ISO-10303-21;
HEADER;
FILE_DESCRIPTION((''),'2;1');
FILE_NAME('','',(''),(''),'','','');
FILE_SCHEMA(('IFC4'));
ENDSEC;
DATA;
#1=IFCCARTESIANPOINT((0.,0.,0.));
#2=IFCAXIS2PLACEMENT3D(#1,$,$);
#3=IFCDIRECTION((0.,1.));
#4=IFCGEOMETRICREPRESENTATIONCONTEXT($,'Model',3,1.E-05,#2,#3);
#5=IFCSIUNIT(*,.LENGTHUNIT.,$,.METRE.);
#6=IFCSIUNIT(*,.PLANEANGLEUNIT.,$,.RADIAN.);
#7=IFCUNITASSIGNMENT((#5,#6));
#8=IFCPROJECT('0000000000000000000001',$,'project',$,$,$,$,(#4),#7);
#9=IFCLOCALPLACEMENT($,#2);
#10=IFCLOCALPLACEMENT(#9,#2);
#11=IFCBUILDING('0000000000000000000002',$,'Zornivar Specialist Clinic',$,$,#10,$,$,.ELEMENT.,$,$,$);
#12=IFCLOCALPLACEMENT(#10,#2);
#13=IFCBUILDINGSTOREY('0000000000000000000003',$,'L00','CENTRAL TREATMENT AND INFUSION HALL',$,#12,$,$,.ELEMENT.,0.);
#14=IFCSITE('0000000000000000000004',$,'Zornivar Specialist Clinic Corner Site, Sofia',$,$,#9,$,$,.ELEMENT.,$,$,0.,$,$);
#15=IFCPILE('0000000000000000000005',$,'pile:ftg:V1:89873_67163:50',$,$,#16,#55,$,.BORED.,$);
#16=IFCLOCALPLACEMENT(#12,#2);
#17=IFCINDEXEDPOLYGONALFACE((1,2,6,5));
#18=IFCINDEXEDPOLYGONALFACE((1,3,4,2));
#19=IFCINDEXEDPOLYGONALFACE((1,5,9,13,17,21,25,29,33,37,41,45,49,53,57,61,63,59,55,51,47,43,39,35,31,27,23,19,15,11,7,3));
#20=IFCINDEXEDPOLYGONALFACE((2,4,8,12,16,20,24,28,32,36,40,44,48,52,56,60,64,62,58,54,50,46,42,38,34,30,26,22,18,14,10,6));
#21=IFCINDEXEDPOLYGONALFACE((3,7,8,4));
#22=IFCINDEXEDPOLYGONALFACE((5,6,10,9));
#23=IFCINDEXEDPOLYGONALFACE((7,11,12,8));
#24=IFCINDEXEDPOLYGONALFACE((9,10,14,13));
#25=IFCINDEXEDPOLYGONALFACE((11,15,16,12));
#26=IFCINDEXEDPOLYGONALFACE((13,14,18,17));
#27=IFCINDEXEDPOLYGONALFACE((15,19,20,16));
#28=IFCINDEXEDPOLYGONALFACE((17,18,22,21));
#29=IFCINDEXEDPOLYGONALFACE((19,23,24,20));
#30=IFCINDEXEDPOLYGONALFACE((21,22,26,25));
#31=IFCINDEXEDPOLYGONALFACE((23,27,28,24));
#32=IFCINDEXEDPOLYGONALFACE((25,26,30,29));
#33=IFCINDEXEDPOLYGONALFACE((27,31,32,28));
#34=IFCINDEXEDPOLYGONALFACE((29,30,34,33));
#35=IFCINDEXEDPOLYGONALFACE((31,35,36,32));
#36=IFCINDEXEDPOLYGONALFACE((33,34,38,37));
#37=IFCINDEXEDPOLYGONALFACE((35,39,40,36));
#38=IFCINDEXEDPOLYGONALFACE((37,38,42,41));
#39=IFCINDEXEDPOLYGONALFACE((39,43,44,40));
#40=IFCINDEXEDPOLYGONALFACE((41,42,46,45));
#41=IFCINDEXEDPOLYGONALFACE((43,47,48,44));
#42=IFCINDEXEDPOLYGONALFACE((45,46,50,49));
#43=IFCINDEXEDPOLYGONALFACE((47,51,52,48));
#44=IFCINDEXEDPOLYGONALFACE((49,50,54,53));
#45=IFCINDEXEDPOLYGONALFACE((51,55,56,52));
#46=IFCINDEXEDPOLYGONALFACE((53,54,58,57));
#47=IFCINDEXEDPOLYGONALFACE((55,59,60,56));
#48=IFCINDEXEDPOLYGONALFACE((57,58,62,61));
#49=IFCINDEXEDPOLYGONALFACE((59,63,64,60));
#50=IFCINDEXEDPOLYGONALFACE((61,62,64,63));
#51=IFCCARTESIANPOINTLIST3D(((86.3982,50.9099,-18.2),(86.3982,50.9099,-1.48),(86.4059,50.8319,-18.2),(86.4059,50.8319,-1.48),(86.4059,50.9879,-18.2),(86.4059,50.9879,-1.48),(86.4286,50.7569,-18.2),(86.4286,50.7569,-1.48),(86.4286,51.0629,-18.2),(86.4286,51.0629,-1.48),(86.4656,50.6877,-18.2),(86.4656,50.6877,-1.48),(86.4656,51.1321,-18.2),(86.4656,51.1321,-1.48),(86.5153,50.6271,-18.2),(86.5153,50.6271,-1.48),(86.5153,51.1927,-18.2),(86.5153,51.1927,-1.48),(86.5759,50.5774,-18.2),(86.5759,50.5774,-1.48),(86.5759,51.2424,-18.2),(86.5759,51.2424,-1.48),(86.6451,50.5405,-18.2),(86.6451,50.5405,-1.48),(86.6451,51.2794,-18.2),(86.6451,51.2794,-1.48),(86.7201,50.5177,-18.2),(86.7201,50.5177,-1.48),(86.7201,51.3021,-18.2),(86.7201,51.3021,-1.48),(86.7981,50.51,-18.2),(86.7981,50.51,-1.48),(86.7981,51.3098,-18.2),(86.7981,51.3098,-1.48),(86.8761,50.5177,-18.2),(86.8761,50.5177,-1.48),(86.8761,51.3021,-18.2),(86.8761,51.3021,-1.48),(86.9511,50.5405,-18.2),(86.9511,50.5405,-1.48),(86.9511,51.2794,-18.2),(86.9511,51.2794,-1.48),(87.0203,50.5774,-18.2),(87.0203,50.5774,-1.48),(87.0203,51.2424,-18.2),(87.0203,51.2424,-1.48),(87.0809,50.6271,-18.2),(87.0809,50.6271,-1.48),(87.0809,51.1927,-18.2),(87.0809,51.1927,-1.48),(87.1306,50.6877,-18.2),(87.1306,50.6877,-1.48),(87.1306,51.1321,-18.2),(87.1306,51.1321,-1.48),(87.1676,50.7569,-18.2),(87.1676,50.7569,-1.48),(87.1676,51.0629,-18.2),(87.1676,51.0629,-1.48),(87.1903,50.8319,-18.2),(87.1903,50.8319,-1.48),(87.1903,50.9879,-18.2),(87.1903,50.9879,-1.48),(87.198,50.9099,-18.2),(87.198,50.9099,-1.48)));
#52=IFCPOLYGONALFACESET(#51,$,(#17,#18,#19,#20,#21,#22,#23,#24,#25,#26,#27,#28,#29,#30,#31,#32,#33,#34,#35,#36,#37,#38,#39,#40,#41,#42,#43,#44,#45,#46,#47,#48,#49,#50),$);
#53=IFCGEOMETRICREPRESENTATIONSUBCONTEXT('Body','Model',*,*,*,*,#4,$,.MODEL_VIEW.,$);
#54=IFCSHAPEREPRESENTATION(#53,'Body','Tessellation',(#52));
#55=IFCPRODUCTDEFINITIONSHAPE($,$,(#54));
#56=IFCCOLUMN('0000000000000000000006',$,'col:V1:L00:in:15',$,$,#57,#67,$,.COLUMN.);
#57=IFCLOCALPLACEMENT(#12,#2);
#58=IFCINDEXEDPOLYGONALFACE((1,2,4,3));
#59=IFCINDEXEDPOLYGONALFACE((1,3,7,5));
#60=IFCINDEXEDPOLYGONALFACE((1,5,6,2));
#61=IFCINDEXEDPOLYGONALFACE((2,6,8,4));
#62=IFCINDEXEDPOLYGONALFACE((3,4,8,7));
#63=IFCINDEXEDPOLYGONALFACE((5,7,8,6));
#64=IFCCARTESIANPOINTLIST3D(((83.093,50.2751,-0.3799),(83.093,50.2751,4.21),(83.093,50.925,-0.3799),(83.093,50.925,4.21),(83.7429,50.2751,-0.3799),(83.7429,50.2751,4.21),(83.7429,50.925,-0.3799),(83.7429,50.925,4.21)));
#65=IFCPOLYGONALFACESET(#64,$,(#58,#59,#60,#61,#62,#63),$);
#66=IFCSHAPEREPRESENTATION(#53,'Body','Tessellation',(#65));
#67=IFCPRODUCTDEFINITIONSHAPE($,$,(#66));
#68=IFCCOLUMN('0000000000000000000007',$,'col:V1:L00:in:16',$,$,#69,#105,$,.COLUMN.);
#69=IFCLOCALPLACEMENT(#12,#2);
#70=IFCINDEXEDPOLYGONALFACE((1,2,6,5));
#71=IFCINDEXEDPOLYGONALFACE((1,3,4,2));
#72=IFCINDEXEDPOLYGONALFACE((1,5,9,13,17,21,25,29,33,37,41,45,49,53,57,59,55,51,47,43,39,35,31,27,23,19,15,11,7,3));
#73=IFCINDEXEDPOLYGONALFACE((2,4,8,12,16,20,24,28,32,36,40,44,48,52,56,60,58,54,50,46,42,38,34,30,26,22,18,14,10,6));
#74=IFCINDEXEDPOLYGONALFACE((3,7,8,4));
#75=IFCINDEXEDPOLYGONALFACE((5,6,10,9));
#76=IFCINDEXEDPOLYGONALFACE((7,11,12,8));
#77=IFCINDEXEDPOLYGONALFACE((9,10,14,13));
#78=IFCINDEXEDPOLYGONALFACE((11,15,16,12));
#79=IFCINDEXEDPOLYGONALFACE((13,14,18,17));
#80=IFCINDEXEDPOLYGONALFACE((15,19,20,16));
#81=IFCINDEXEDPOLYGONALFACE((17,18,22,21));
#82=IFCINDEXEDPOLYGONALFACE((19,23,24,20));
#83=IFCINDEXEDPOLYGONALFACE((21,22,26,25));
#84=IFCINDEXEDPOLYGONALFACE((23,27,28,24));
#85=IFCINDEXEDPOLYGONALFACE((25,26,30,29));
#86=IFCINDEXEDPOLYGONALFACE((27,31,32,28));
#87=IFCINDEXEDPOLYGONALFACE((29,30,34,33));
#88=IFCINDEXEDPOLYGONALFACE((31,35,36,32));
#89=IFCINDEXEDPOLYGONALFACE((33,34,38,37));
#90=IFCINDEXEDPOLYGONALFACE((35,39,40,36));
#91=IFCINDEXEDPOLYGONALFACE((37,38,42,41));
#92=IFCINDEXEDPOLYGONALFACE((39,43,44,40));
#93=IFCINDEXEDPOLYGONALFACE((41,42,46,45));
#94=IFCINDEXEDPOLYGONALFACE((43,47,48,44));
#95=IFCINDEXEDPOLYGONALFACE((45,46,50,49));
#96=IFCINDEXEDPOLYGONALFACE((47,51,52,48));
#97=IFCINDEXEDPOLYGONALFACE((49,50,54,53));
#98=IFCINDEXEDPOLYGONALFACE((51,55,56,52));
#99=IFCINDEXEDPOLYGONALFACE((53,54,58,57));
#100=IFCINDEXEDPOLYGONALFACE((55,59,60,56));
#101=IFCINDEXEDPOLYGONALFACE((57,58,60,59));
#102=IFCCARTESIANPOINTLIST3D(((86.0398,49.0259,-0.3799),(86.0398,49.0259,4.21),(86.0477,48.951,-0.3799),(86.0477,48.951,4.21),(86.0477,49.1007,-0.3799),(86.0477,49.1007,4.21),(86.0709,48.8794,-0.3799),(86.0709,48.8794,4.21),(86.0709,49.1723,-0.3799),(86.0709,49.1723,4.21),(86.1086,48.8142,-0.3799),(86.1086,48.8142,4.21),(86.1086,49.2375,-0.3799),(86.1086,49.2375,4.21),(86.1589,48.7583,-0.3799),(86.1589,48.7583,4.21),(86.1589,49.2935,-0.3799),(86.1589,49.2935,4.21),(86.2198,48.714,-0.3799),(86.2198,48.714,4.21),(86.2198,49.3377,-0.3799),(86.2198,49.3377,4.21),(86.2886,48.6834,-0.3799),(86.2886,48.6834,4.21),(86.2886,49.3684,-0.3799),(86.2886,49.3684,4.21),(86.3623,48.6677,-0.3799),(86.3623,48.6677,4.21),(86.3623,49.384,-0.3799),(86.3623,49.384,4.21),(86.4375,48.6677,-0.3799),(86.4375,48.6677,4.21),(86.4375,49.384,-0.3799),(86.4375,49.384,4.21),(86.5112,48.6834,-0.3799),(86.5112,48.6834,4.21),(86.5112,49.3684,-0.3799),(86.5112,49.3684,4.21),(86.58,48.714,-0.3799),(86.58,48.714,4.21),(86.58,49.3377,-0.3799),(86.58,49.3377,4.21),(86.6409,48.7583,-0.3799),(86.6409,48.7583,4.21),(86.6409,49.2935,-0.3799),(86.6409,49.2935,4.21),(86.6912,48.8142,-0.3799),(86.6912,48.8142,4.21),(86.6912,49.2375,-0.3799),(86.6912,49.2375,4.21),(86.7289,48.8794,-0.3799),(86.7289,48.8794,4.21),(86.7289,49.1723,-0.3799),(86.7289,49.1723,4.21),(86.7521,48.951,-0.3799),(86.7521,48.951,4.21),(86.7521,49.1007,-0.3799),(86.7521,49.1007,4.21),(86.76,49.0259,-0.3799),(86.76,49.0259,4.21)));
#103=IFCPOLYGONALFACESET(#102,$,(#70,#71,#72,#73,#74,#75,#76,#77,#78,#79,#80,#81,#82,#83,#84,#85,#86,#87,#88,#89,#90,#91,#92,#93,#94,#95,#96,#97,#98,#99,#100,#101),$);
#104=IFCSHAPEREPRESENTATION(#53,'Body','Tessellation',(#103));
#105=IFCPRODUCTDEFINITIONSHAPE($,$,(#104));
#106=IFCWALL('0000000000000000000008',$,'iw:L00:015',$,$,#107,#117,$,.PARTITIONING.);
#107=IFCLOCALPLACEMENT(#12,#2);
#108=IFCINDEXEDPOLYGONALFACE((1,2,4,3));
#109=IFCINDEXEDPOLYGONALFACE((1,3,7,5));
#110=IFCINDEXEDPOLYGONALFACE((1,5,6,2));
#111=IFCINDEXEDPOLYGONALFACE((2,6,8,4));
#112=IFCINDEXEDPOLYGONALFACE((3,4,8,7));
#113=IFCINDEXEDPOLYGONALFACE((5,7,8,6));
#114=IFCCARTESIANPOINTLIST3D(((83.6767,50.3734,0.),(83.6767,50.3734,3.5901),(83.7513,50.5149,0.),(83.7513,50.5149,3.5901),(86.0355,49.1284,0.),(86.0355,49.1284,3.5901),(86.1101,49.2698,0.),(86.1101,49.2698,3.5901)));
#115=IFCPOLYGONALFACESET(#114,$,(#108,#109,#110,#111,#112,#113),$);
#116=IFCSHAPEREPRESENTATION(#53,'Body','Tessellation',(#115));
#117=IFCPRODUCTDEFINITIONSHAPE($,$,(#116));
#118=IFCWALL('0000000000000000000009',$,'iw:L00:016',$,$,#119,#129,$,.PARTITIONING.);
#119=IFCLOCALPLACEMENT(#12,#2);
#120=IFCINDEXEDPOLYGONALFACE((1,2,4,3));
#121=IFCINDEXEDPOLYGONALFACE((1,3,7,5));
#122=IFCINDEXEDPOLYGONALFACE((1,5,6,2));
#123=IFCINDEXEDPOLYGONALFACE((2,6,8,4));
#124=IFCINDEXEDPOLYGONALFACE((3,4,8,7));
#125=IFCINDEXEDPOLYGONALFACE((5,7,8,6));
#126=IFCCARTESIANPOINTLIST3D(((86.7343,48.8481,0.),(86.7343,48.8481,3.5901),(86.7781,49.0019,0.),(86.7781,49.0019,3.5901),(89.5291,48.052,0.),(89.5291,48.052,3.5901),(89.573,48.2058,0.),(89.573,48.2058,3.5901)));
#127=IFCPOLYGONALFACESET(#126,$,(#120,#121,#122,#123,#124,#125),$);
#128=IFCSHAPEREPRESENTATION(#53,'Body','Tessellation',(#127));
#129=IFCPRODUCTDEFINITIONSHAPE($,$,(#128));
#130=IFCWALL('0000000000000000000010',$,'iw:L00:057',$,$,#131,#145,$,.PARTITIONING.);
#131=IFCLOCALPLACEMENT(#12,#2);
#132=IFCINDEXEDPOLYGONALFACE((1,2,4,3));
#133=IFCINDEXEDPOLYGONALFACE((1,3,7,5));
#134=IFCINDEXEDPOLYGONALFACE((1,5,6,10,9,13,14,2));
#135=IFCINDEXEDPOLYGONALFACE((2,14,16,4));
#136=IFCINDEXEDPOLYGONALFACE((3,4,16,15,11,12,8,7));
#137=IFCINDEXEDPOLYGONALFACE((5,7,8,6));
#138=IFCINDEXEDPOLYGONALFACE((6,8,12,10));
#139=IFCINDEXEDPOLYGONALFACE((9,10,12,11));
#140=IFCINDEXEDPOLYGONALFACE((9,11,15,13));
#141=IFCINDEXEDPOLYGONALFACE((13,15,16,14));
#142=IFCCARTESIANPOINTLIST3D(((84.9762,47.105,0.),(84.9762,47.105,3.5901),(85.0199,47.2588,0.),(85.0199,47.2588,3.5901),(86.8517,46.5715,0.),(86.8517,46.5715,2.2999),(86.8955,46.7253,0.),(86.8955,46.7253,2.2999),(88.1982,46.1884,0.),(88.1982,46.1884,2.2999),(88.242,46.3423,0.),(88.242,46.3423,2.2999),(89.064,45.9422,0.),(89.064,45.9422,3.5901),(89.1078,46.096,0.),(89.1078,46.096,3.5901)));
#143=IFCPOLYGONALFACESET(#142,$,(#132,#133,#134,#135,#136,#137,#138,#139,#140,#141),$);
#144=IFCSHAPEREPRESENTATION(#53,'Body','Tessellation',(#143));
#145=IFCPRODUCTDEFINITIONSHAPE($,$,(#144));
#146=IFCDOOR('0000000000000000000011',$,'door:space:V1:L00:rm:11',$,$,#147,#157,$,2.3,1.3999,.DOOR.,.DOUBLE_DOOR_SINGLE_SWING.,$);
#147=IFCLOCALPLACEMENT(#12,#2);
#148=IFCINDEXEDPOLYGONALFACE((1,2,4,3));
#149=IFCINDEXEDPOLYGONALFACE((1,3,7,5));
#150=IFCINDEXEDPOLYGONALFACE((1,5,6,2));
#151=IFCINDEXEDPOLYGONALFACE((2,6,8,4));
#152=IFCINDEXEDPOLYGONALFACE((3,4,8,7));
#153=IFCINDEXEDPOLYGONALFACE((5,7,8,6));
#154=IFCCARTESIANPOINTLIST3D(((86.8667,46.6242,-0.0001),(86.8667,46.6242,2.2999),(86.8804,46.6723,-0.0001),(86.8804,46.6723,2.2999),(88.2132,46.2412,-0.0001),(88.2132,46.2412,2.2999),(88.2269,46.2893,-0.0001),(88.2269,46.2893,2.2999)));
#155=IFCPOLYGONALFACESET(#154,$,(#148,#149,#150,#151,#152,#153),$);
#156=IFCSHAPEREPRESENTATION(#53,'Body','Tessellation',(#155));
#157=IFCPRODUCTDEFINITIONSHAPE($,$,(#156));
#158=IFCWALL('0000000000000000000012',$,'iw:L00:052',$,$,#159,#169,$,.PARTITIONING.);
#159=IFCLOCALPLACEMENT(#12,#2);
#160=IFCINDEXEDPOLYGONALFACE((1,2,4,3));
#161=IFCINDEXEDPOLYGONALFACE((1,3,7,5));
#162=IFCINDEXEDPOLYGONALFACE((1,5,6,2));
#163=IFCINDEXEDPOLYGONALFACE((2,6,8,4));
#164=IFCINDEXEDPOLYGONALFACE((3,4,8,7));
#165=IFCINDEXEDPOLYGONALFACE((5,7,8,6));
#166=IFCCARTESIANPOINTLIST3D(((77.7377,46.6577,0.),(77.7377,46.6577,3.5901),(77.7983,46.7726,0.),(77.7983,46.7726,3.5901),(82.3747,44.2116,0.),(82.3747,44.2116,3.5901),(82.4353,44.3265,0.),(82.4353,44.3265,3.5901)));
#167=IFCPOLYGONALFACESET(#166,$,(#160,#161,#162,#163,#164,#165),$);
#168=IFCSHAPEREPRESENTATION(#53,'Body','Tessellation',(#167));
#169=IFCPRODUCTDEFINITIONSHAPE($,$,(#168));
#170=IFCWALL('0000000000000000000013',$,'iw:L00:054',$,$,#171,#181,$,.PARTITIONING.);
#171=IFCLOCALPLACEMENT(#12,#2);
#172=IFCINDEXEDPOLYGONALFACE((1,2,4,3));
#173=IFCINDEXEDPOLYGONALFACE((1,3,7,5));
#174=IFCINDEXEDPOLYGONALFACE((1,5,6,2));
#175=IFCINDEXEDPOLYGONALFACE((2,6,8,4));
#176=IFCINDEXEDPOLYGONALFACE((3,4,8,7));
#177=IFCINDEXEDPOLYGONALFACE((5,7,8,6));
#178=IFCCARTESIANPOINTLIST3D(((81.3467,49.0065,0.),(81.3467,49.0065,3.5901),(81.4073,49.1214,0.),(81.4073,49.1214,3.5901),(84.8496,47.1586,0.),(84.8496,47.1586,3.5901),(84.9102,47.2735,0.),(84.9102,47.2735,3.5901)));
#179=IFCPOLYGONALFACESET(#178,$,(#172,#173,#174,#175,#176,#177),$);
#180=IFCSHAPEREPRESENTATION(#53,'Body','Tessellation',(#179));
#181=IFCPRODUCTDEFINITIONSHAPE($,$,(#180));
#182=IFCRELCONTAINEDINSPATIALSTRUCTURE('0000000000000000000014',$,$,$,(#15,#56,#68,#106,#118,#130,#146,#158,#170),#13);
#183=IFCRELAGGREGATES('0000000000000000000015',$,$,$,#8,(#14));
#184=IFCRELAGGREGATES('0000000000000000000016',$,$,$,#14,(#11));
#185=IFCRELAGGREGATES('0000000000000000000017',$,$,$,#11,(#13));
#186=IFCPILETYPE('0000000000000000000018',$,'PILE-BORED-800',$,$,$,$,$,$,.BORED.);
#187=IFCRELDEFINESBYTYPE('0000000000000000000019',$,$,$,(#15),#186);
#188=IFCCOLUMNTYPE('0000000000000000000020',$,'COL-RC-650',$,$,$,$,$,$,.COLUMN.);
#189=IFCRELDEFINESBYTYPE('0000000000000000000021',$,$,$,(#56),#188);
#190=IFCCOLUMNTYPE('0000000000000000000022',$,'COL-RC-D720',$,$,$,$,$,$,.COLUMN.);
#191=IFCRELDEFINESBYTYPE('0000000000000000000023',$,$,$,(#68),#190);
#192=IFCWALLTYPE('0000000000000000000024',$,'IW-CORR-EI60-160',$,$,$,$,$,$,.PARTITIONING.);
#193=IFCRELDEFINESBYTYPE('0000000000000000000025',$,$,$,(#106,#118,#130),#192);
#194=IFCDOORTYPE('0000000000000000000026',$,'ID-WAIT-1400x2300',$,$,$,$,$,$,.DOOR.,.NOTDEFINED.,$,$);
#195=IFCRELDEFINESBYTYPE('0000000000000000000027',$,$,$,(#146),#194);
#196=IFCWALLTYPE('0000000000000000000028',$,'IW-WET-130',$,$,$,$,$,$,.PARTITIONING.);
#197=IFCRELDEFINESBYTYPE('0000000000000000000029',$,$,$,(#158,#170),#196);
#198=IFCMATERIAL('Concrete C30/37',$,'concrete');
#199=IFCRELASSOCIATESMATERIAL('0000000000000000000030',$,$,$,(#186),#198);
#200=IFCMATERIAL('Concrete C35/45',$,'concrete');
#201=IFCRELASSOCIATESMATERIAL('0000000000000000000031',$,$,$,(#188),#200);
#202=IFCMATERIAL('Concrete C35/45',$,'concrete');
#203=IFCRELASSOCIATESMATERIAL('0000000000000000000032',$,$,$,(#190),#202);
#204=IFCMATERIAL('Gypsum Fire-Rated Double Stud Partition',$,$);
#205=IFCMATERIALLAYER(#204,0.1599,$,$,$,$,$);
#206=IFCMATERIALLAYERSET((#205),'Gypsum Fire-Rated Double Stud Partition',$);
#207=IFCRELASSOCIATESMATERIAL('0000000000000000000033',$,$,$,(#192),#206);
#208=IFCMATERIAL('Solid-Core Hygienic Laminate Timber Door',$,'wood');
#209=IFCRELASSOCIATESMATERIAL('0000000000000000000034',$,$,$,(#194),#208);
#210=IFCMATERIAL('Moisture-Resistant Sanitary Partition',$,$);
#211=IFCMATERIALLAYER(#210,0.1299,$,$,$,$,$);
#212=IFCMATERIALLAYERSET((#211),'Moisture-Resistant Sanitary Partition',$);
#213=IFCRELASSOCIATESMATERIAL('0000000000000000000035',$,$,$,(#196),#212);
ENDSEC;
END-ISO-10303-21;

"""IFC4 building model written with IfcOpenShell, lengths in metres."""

from ifc_helpers import new_model, si_unit, direction, frame, frame_2d, origin, origin_2d, place, context, subcontext, project, spatial, rectangle, circle, extrude, material, layer, layer_set, material_profile, profile_set, type_object, element, fill, save


model = new_model("IFC4")

# Units and contexts
model_context = context("Model", 3, precision=1e-05, world=origin(), true_north=direction((0.0, 1.0)))
body_context = subcontext(model_context, "Body", "Model", "MODEL_VIEW")
ifc_project = project(units=[si_unit("LENGTHUNIT", "METRE"), si_unit("PLANEANGLEUNIT", "RADIAN")], contexts=[model_context])

# Site, building, storey
site_placement = place(None, origin())
site = spatial("IfcSite", under=ifc_project, at=site_placement, Name="Zornivar Specialist Clinic Corner Site, Sofia", CompositionType="ELEMENT", RefElevation=0.0)
building_placement = place(site_placement, origin())
building = spatial("IfcBuilding", under=site, at=building_placement, Name="Zornivar Specialist Clinic", CompositionType="ELEMENT")
storey_placement = place(building_placement, origin())
storey = spatial("IfcBuildingStorey", under=building, at=storey_placement, Name="L00", Description="CENTRAL TREATMENT AND INFUSION HALL", CompositionType="ELEMENT", Elevation=0.0)

# Pile
ifc_material_1 = material(Name="Concrete C30/37", Category="concrete")
ifc_material_profile_1 = material_profile(ifc_material_1, circle(Radius=0.3999, at=origin_2d()), Name="PILE D800")
ifc_profile_set_1 = profile_set([ifc_material_profile_1], Name="Concrete C30/37")
pile_type = type_object("IfcPileType", Name="PILE-BORED-800", PredefinedType="BORED", material=ifc_profile_set_1)
for number, where, z_axis, x_axis, name in (
    (1, (86.7981, 50.9099, -1.48), (0.0, 0.0, -1.0), (1.0, 0.0, 0.0), "pile:ftg:V1:89873_67163:50"),
):
    element("IfcPile", number, at=place(storey_placement, frame(where, z_axis=z_axis, x_axis=x_axis)), inside=storey, type_object=pile_type, Name=name, PredefinedType="BORED", context=body_context, shape_type="SweptSolid", body=[
        extrude(circle(Radius=0.3999, at=origin_2d()), origin(), (0.0, 0.0, 1.0), 16.72),
    ])

# Columns
ifc_material_2 = material(Name="Concrete C35/45", Category="concrete")
ifc_material_profile_2 = material_profile(ifc_material_2, rectangle(XDim=0.6499, YDim=0.6499, at=origin_2d()), Name="RC 650x650")
ifc_profile_set_2 = profile_set([ifc_material_profile_2], Name="Concrete C35/45")
column_type_1 = type_object("IfcColumnType", Name="COL-RC-650", PredefinedType="COLUMN", material=ifc_profile_set_2)
column_1_placement = place(storey_placement, frame((83.418, 50.6001, -0.3799), z_axis=(0.0, 0.0, 1.0), x_axis=(1.0, 0.0, 0.0)))
element("IfcColumn", 2, at=column_1_placement, inside=storey, type_object=column_type_1, Name="col:V1:L00:in:15", PredefinedType="COLUMN", context=body_context, shape_type="SweptSolid", body=[
    extrude(rectangle(XDim=0.6499, YDim=0.6499, at=origin_2d()), origin(), (0.0, 0.0, 1.0), 4.5898),
])
ifc_material_3 = material(Name="Concrete C35/45", Category="concrete")
ifc_material_profile_3 = material_profile(ifc_material_3, circle(Radius=0.3601, at=origin_2d()), Name="RC D720")
ifc_profile_set_3 = profile_set([ifc_material_profile_3], Name="Concrete C35/45")
column_type_2 = type_object("IfcColumnType", Name="COL-RC-D720", PredefinedType="COLUMN", material=ifc_profile_set_3)
column_2_placement = place(storey_placement, frame((86.3999, 49.0259, -0.3799), z_axis=(0.0, 0.0, 1.0), x_axis=(1.0, 0.0, 0.0)))
element("IfcColumn", 3, at=column_2_placement, inside=storey, type_object=column_type_2, Name="col:V1:L00:in:16", PredefinedType="COLUMN", context=body_context, shape_type="SweptSolid", body=[
    extrude(circle(Radius=0.3601, at=origin_2d()), origin(), (0.0, 0.0, 1.0), 4.5898),
])

# Walls
ifc_material_4 = material(Name="Gypsum Fire-Rated Double Stud Partition")
ifc_layer_1 = layer(ifc_material_4, 0.1599)
ifc_layer_set_1 = layer_set([ifc_layer_1], Name="Gypsum Fire-Rated Double Stud Partition")
wall_type_1 = type_object("IfcWallType", Name="IW-CORR-EI60-160", PredefinedType="PARTITIONING", material=ifc_layer_set_1)
wall_1_placement = place(storey_placement, frame((83.7141, 50.4441, 0.0), z_axis=(0.0, 0.0, 1.0), x_axis=(0.884362, -0.466802, 0.0)))
element("IfcWall", 4, at=wall_1_placement, inside=storey, type_object=wall_type_1, Name="iw:L00:015", PredefinedType="PARTITIONING", context=body_context, shape_type="SweptSolid", body=[
    extrude(rectangle(XDim=2.6672, YDim=0.1599, at=frame_2d((1.3335, 0.0))), origin(), (0.0, 0.0, 1.0), 3.5901),
])
wall_2_placement = place(storey_placement, frame((86.7561, 48.925, 0.0), z_axis=(0.0, 0.0, 1.0), x_axis=(0.961742, -0.273955, 0.0)))
element("IfcWall", 5, at=wall_2_placement, inside=storey, type_object=wall_type_1, Name="iw:L00:016", PredefinedType="PARTITIONING", context=body_context, shape_type="SweptSolid", body=[
    extrude(rectangle(XDim=2.906, YDim=0.1599, at=frame_2d((1.4531, 0.0))), origin(), (0.0, 0.0, 1.0), 3.5901),
])

# Wall, opening, door
wall_3_placement = place(storey_placement, frame((84.998, 47.1819, 0.0), z_axis=(0.0, 0.0, 1.0), x_axis=(0.961842, -0.273606, 0.0)))
wall_3 = element("IfcWall", 6, at=wall_3_placement, inside=storey, type_object=wall_type_1, Name="iw:L00:057", PredefinedType="PARTITIONING", context=body_context, shape_type="SweptSolid", body=[
    extrude(rectangle(XDim=4.25, YDim=0.1599, at=frame_2d((2.125, 0.0))), origin(), (0.0, 0.0, 1.0), 3.5901),
])
opening_placement = place(wall_3_placement, frame((1.95, 0.0, 0.0)))
opening = element("IfcOpeningElement", 7, at=opening_placement, cuts=wall_3, PredefinedType="OPENING", context=body_context, shape_type="SweptSolid", body=[
    extrude(rectangle(XDim=1.3999, YDim=2.3, at=frame_2d((0.7, 1.1499))), frame((0.0, 0.0898, 0.0), z_axis=(0.0, -1.0, 0.0), x_axis=(1.0, 0.0, 0.0)), (0.0, 0.0, 1.0), 0.1799),
])
ifc_material_5 = material(Name="Solid-Core Hygienic Laminate Timber Door", Category="wood")
door_type = type_object("IfcDoorType", Name="ID-WAIT-1400x2300", OperationType="NOTDEFINED", PredefinedType="DOOR", material=ifc_material_5)
door_placement = place(opening_placement, origin())
door = element("IfcDoor", 8, at=door_placement, inside=storey, type_object=door_type, Name="door:space:V1:L00:rm:11", OperationType="DOUBLE_DOOR_SINGLE_SWING", OverallHeight=2.3, OverallWidth=1.3999, PredefinedType="DOOR", context=body_context, shape_type="SweptSolid", body=[
    extrude(rectangle(XDim=1.3999, YDim=2.3, at=frame_2d((0.7, 1.1499))), frame((0.0, 0.0249, 0.0), z_axis=(0.0, -1.0, 0.0), x_axis=(1.0, 0.0, 0.0)), (0.0, 0.0, 1.0), 0.05),
])
fill(opening, door)

# Walls
ifc_material_6 = material(Name="Moisture-Resistant Sanitary Partition")
ifc_layer_2 = layer(ifc_material_6, 0.1299)
ifc_layer_set_2 = layer_set([ifc_layer_2], Name="Moisture-Resistant Sanitary Partition")
wall_type_2 = type_object("IfcWallType", Name="IW-WET-130", PredefinedType="PARTITIONING", material=ifc_layer_set_2)
wall_4_placement = place(storey_placement, frame((82.405, 44.269, 0.0), z_axis=(0.0, 0.0, 1.0), x_axis=(-0.884482, 0.466573, 0.0)))
element("IfcWall", 9, at=wall_4_placement, inside=storey, type_object=wall_type_2, Name="iw:L00:052", PredefinedType="PARTITIONING", context=body_context, shape_type="SweptSolid", body=[
    extrude(rectangle(XDim=5.2427, YDim=0.1299, at=frame_2d((2.6213, 0.0))), origin(), (0.0, 0.0, 1.0), 3.5901),
])
wall_5_placement = place(storey_placement, frame((81.377, 49.064, 0.0), z_axis=(0.0, 0.0, 1.0), x_axis=(0.884475, -0.466587, 0.0)))
element("IfcWall", 10, at=wall_5_placement, inside=storey, type_object=wall_type_2, Name="iw:L00:054", PredefinedType="PARTITIONING", context=body_context, shape_type="SweptSolid", body=[
    extrude(rectangle(XDim=3.9604, YDim=0.1299, at=frame_2d((1.9802, 0.0))), origin(), (0.0, 0.0, 1.0), 3.5901),
])

save(model, "model.ifc")
